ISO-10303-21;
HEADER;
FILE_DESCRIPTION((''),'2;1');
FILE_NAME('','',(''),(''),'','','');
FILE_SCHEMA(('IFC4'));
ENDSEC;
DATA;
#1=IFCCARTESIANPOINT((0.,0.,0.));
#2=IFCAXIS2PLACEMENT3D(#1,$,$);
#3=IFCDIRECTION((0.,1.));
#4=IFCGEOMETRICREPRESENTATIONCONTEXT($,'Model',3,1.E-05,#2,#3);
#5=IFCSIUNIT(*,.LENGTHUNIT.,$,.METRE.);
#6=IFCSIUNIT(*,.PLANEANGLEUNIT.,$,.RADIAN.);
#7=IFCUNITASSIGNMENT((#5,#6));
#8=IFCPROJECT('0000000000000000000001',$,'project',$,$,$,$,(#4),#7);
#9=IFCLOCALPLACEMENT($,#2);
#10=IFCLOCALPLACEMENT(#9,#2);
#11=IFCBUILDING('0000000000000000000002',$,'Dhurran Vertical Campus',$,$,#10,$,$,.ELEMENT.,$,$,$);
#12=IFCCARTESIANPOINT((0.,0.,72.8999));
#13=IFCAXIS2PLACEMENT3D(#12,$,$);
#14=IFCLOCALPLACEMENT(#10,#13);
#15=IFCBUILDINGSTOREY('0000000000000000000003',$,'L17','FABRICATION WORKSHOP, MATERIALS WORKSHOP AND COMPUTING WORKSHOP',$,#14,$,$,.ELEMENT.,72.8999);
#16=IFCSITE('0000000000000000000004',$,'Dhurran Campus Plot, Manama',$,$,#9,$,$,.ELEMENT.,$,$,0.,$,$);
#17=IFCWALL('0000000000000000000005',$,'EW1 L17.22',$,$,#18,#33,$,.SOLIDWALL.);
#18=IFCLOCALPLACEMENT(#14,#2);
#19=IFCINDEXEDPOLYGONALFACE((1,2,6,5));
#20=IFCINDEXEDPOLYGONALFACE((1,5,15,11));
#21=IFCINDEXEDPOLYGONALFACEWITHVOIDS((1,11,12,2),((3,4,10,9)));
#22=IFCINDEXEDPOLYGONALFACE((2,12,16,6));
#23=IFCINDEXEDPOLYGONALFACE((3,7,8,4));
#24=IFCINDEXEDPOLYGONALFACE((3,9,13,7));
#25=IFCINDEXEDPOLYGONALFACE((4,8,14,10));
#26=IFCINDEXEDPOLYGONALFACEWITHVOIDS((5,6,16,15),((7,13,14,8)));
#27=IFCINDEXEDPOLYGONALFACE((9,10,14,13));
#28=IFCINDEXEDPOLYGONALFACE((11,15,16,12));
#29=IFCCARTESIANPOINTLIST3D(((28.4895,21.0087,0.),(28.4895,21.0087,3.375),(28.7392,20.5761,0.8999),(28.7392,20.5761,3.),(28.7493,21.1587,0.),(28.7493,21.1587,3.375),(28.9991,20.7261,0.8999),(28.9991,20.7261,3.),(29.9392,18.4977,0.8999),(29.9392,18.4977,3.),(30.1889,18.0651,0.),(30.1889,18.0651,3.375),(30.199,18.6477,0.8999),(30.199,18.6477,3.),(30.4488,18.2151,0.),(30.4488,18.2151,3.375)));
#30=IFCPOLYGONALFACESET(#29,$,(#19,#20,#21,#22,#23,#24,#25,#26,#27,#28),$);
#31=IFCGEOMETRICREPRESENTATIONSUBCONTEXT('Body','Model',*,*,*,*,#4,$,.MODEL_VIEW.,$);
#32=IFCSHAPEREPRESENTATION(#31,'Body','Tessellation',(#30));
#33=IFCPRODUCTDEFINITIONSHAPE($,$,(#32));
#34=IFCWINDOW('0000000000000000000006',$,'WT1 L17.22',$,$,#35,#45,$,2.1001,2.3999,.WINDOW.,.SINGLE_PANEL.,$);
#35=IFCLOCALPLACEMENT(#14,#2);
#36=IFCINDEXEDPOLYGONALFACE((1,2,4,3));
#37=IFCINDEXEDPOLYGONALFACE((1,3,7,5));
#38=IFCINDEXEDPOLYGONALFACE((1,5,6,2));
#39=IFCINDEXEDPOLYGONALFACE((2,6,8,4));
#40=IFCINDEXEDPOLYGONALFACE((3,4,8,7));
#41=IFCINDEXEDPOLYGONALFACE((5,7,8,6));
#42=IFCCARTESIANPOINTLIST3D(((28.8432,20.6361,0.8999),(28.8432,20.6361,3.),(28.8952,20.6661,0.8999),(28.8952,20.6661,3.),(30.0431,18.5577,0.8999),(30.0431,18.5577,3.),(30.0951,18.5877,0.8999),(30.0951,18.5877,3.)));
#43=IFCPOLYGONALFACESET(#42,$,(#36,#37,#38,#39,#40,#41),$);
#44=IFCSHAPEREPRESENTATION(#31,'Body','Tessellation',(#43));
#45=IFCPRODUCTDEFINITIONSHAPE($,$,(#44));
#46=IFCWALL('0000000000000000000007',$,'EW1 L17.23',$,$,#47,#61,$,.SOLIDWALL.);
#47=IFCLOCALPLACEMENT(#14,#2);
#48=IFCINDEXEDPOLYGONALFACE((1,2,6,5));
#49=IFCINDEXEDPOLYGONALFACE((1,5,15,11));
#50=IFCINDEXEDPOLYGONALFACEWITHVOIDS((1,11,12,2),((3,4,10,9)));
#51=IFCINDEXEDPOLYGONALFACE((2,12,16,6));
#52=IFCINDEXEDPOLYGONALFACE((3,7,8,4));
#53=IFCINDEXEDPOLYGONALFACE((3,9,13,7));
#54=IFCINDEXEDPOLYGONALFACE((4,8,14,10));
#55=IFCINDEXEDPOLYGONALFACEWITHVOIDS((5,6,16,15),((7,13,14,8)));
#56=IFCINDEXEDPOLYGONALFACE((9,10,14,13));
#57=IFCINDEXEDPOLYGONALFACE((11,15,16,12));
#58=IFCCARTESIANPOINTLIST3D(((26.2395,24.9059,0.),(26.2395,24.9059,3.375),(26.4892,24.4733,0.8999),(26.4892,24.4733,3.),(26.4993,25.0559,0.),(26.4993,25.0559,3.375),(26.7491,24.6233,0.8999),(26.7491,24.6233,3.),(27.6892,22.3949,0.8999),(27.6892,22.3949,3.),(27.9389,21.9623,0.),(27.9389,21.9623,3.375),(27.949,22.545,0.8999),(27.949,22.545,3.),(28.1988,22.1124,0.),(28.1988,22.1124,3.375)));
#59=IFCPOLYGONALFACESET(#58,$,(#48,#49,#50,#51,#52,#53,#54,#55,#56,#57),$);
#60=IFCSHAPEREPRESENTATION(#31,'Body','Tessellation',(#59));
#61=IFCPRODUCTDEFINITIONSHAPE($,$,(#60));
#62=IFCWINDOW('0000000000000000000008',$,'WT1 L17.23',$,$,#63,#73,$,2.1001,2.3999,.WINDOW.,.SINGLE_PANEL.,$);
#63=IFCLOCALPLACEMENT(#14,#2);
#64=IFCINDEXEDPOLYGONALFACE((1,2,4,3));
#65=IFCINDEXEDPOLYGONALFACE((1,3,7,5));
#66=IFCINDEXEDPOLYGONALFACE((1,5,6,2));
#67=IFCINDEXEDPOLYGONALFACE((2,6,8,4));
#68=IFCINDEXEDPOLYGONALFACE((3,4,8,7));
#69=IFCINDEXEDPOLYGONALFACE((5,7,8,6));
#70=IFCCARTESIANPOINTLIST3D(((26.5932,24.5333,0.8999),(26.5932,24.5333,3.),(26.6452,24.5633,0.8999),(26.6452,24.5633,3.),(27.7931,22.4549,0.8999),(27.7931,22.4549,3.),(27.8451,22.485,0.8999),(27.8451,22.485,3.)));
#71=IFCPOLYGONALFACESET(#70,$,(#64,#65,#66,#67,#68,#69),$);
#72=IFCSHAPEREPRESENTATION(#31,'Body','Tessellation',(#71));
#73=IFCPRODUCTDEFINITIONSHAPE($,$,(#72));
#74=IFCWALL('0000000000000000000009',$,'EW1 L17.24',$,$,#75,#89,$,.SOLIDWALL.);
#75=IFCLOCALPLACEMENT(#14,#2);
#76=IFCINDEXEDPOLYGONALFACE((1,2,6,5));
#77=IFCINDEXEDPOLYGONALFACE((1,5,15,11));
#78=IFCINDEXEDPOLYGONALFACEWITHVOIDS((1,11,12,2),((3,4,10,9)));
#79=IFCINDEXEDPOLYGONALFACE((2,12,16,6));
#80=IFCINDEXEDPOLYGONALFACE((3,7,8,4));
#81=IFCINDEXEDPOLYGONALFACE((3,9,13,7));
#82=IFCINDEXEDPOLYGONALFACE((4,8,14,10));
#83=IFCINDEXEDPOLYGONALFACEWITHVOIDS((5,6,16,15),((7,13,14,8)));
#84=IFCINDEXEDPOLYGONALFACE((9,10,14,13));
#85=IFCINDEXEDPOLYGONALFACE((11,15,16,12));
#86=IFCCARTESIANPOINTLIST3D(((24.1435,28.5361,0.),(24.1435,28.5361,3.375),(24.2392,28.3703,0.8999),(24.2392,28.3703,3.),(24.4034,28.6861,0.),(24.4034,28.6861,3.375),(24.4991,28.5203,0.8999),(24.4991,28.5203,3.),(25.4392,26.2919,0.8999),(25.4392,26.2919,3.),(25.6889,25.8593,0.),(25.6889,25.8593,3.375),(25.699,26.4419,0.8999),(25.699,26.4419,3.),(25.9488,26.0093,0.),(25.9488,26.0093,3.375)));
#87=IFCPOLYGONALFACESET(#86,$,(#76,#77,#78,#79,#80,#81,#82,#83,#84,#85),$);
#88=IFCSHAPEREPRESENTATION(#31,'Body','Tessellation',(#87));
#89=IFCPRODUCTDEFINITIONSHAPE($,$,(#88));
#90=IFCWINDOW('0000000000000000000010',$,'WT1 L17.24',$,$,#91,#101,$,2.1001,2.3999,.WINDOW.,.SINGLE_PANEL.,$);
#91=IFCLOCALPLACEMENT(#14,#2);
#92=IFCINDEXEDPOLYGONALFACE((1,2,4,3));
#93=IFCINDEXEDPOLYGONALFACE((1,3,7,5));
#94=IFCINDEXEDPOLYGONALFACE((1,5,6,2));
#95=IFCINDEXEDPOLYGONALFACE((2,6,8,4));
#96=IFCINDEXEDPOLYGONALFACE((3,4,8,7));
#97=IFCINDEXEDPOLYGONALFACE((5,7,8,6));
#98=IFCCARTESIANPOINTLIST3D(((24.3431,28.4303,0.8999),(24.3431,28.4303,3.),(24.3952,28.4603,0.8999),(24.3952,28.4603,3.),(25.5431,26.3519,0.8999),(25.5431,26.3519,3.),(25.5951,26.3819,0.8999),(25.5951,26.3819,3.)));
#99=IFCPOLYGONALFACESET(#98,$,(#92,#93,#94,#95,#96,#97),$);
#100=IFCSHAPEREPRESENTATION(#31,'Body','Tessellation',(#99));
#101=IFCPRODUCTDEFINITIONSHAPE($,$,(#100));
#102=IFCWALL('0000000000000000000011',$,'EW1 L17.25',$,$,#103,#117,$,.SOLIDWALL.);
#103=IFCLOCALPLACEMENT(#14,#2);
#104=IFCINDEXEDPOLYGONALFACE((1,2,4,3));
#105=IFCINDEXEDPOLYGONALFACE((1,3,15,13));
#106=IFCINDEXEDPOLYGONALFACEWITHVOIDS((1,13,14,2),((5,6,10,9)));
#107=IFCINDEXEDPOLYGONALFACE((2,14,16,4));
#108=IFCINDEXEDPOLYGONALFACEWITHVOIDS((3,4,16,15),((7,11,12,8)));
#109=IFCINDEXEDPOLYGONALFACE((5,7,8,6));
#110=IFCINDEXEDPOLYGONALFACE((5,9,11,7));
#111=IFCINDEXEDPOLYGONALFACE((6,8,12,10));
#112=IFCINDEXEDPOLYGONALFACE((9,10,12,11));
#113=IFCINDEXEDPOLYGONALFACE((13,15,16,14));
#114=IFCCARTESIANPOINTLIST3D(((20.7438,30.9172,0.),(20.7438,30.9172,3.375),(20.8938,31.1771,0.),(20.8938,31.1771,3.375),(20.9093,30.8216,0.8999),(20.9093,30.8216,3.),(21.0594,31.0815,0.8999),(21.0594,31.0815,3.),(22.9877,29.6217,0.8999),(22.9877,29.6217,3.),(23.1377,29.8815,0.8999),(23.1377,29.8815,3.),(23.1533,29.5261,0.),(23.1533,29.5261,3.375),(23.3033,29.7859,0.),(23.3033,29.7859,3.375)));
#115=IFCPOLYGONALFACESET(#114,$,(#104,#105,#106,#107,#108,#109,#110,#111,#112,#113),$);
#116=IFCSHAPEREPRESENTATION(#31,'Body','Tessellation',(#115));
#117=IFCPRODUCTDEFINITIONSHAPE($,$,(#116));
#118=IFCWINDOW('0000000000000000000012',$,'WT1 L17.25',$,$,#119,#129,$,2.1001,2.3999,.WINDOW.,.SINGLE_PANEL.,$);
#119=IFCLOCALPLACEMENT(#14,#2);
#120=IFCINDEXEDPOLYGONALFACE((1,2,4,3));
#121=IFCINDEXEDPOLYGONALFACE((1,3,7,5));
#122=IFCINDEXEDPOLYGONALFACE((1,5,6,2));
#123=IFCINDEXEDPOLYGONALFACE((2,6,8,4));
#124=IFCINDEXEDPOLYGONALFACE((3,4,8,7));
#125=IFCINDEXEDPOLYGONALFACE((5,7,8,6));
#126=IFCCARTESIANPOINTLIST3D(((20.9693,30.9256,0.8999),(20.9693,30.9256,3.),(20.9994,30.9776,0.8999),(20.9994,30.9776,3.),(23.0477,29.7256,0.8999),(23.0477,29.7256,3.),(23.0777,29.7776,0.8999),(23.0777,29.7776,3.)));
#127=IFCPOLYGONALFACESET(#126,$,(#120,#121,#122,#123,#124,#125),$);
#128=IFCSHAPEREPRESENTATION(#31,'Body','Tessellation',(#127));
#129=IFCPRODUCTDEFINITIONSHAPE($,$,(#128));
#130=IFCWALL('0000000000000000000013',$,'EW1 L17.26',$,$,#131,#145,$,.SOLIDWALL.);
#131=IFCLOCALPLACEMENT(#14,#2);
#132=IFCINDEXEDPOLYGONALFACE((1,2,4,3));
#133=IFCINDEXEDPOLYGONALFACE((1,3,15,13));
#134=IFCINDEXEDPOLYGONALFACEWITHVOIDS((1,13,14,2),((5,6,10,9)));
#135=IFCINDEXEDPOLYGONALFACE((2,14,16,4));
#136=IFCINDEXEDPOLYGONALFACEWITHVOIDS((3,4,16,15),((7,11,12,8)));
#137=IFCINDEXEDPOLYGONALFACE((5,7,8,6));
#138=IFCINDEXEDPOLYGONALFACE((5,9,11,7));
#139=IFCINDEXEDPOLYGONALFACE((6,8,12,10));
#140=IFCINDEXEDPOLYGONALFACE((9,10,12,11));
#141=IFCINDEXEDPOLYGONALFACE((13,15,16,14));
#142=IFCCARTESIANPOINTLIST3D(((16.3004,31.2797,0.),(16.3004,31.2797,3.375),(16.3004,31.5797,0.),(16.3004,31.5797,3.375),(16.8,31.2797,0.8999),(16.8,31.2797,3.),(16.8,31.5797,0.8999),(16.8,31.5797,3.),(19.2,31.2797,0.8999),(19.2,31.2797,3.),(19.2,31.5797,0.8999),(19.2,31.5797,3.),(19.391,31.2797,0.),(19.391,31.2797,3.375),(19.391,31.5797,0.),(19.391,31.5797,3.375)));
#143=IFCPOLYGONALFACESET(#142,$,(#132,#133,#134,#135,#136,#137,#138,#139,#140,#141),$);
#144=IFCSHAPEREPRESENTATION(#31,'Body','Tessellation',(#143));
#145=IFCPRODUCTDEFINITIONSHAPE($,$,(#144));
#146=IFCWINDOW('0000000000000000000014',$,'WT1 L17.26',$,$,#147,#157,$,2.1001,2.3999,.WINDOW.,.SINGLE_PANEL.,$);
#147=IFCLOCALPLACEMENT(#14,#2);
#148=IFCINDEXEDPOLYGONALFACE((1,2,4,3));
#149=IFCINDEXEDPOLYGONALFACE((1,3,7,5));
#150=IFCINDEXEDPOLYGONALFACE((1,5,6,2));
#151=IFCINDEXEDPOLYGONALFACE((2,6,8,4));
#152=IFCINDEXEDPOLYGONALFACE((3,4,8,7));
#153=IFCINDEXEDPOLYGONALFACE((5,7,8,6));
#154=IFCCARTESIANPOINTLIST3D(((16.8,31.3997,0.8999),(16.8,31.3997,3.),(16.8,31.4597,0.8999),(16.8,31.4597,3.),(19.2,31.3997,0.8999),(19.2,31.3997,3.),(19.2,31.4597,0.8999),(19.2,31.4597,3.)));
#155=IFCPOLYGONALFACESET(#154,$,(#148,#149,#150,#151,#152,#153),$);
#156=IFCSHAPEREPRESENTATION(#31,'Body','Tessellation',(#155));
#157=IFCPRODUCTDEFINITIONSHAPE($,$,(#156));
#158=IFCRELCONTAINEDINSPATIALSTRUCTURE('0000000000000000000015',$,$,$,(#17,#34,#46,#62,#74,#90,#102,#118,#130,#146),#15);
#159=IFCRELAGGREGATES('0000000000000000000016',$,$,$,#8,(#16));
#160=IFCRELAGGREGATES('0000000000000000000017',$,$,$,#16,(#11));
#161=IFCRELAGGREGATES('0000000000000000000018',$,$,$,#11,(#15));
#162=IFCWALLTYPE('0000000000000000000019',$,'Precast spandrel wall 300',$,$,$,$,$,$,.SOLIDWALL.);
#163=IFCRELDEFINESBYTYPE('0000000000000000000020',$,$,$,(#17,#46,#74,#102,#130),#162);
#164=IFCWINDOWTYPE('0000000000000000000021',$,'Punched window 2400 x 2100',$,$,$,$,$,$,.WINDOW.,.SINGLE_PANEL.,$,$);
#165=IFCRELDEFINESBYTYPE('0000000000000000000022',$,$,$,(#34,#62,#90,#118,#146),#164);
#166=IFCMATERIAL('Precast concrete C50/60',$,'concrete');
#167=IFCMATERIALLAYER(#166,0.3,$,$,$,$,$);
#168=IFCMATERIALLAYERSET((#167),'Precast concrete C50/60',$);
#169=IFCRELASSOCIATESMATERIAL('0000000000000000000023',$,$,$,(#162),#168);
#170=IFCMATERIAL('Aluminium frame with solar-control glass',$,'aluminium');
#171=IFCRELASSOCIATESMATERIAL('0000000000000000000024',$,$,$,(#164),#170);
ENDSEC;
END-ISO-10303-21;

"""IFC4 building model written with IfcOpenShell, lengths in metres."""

from ifc_helpers import new_model, si_unit, direction, frame, frame_2d, origin, place, context, subcontext, project, spatial, rectangle, extrude, material, layer, layer_set, type_object, element, fill, save


model = new_model("IFC4")

# Units and contexts
model_context = context("Model", 3, precision=1e-05, world=origin(), true_north=direction((0.0, 1.0)))
body_context = subcontext(model_context, "Body", "Model", "MODEL_VIEW")
ifc_project = project(units=[si_unit("LENGTHUNIT", "METRE"), si_unit("PLANEANGLEUNIT", "RADIAN")], contexts=[model_context])

# Site, building, storey
site_placement = place(None, origin())
site = spatial("IfcSite", under=ifc_project, at=site_placement, Name="Dhurran Campus Plot, Manama", CompositionType="ELEMENT", RefElevation=0.0)
building_placement = place(site_placement, origin())
building = spatial("IfcBuilding", under=site, at=building_placement, Name="Dhurran Vertical Campus", CompositionType="ELEMENT")
storey_placement = place(building_placement, frame((0.0, 0.0, 72.8999)))
storey = spatial("IfcBuildingStorey", under=building, at=storey_placement, Name="L17", Description="FABRICATION WORKSHOP, MATERIALS WORKSHOP AND COMPUTING WORKSHOP", CompositionType="ELEMENT", Elevation=72.8999)

# Walls, openings, windows
ifc_material_1 = material(Name="Precast concrete C50/60", Category="concrete")
ifc_layer_1 = layer(ifc_material_1, 0.3)
ifc_layer_set_1 = layer_set([ifc_layer_1], Name="Precast concrete C50/60")
wall_type_1 = type_object("IfcWallType", Name="Precast spandrel wall 300", PredefinedType="SOLIDWALL", material=ifc_layer_set_1)
ifc_material_2 = material(Name="Aluminium frame with solar-control glass", Category="aluminium")
window_type = type_object("IfcWindowType", Name="Punched window 2400 x 2100", PartitioningType="SINGLE_PANEL", PredefinedType="WINDOW", material=ifc_material_2)
wall_1_placement = place(storey_placement, frame((30.3188, 18.1401, 0.0), z_axis=(0.0, 0.0, 1.0), x_axis=(-0.499994, 0.866029, 0.0)))
wall_1 = element("IfcWall", 1, at=wall_1_placement, inside=storey, type_object=wall_type_1, Name="EW1 L17.22", PredefinedType="SOLIDWALL", context=body_context, shape_type="SweptSolid", body=[
    extrude(rectangle(XDim=3.3989, YDim=0.3, at=frame_2d((1.6995, 0.0))), origin(), (0.0, 0.0, 1.0), 3.375),
])
opening_1_placement = place(wall_1_placement, frame((0.4995, 0.0, 0.8999)))
opening_1 = element("IfcOpeningElement", 2, at=opening_1_placement, cuts=wall_1, PredefinedType="OPENING", context=body_context, shape_type="SweptSolid", body=[
    extrude(rectangle(XDim=2.3999, YDim=2.1001, at=frame_2d((1.2, 1.05))), frame((0.0, 0.1599, 0.0), z_axis=(0.0, -1.0, 0.0), x_axis=(1.0, 0.0, 0.0)), (0.0, 0.0, 1.0), 0.3201),
])
window_1_placement = place(opening_1_placement, origin())
window_1 = element("IfcWindow", 3, at=window_1_placement, inside=storey, type_object=window_type, Name="WT1 L17.22", OverallHeight=2.1001, OverallWidth=2.3999, PartitioningType="SINGLE_PANEL", PredefinedType="WINDOW", context=body_context, shape_type="SweptSolid", body=[
    extrude(rectangle(XDim=2.3999, YDim=2.1001, at=frame_2d((1.2, 1.05))), frame((0.0, 0.03, 0.0), z_axis=(0.0, -1.0, 0.0), x_axis=(1.0, 0.0, 0.0)), (0.0, 0.0, 1.0), 0.0601),
])
fill(opening_1, window_1)
wall_2_placement = place(storey_placement, frame((28.0688, 22.0374, 0.0), z_axis=(0.0, 0.0, 1.0), x_axis=(-0.499994, 0.866029, 0.0)))
wall_2 = element("IfcWall", 4, at=wall_2_placement, inside=storey, type_object=wall_type_1, Name="EW1 L17.23", PredefinedType="SOLIDWALL", context=body_context, shape_type="SweptSolid", body=[
    extrude(rectangle(XDim=3.3989, YDim=0.3, at=frame_2d((1.6995, 0.0))), origin(), (0.0, 0.0, 1.0), 3.375),
])
opening_2_placement = place(wall_2_placement, frame((0.4995, 0.0, 0.8999)))
opening_2 = element("IfcOpeningElement", 5, at=opening_2_placement, cuts=wall_2, PredefinedType="OPENING", context=body_context, shape_type="SweptSolid", body=[
    extrude(rectangle(XDim=2.3999, YDim=2.1001, at=frame_2d((1.2, 1.05))), frame((0.0, 0.1599, 0.0), z_axis=(0.0, -1.0, 0.0), x_axis=(1.0, 0.0, 0.0)), (0.0, 0.0, 1.0), 0.3201),
])
window_2_placement = place(opening_2_placement, origin())
window_2 = element("IfcWindow", 6, at=window_2_placement, inside=storey, type_object=window_type, Name="WT1 L17.23", OverallHeight=2.1001, OverallWidth=2.3999, PartitioningType="SINGLE_PANEL", PredefinedType="WINDOW", context=body_context, shape_type="SweptSolid", body=[
    extrude(rectangle(XDim=2.3999, YDim=2.1001, at=frame_2d((1.2, 1.05))), frame((0.0, 0.03, 0.0), z_axis=(0.0, -1.0, 0.0), x_axis=(1.0, 0.0, 0.0)), (0.0, 0.0, 1.0), 0.0601),
])
fill(opening_2, window_2)
wall_3_placement = place(storey_placement, frame((25.8188, 25.9343, 0.0), z_axis=(0.0, 0.0, 1.0), x_axis=(-0.499996, 0.866028, 0.0)))
wall_3 = element("IfcWall", 7, at=wall_3_placement, inside=storey, type_object=wall_type_1, Name="EW1 L17.24", PredefinedType="SOLIDWALL", context=body_context, shape_type="SweptSolid", body=[
    extrude(rectangle(XDim=3.0908, YDim=0.3, at=frame_2d((1.5454, 0.0))), origin(), (0.0, 0.0, 1.0), 3.375),
])
opening_3_placement = place(wall_3_placement, frame((0.4995, 0.0, 0.8999)))
opening_3 = element("IfcOpeningElement", 8, at=opening_3_placement, cuts=wall_3, PredefinedType="OPENING", context=body_context, shape_type="SweptSolid", body=[
    extrude(rectangle(XDim=2.3999, YDim=2.1001, at=frame_2d((1.2, 1.05))), frame((0.0, 0.1599, 0.0), z_axis=(0.0, -1.0, 0.0), x_axis=(1.0, 0.0, 0.0)), (0.0, 0.0, 1.0), 0.3201),
])
window_3_placement = place(opening_3_placement, origin())
window_3 = element("IfcWindow", 9, at=window_3_placement, inside=storey, type_object=window_type, Name="WT1 L17.24", OverallHeight=2.1001, OverallWidth=2.3999, PartitioningType="SINGLE_PANEL", PredefinedType="WINDOW", context=body_context, shape_type="SweptSolid", body=[
    extrude(rectangle(XDim=2.3999, YDim=2.1001, at=frame_2d((1.2, 1.05))), frame((0.0, 0.03, 0.0), z_axis=(0.0, -1.0, 0.0), x_axis=(1.0, 0.0, 0.0)), (0.0, 0.0, 1.0), 0.0601),
])
fill(opening_3, window_3)
wall_4_placement = place(storey_placement, frame((23.2283, 29.656, 0.0), z_axis=(0.0, 0.0, 1.0), x_axis=(-0.86602, 0.500009, 0.0)))
wall_4 = element("IfcWall", 10, at=wall_4_placement, inside=storey, type_object=wall_type_1, Name="EW1 L17.25", PredefinedType="SOLIDWALL", context=body_context, shape_type="SweptSolid", body=[
    extrude(rectangle(XDim=2.7822, YDim=0.3, at=frame_2d((1.3911, 0.0))), origin(), (0.0, 0.0, 1.0), 3.375),
])
opening_4_placement = place(wall_4_placement, frame((0.1912, 0.0, 0.8999)))
opening_4 = element("IfcOpeningElement", 11, at=opening_4_placement, cuts=wall_4, PredefinedType="OPENING", context=body_context, shape_type="SweptSolid", body=[
    extrude(rectangle(XDim=2.3999, YDim=2.1001, at=frame_2d((1.2, 1.05))), frame((0.0, 0.1599, 0.0), z_axis=(0.0, -1.0, 0.0), x_axis=(1.0, 0.0, 0.0)), (0.0, 0.0, 1.0), 0.3201),
])
window_4_placement = place(opening_4_placement, origin())
window_4 = element("IfcWindow", 12, at=window_4_placement, inside=storey, type_object=window_type, Name="WT1 L17.25", OverallHeight=2.1001, OverallWidth=2.3999, PartitioningType="SINGLE_PANEL", PredefinedType="WINDOW", context=body_context, shape_type="SweptSolid", body=[
    extrude(rectangle(XDim=2.3999, YDim=2.1001, at=frame_2d((1.2, 1.05))), frame((0.0, 0.03, 0.0), z_axis=(0.0, -1.0, 0.0), x_axis=(1.0, 0.0, 0.0)), (0.0, 0.0, 1.0), 0.0601),
])
fill(opening_4, window_4)
wall_5_placement = place(storey_placement, frame((19.3911, 31.4297, 0.0), z_axis=(0.0, 0.0, 1.0), x_axis=(-1.0, 0.0, 0.0)))
wall_5 = element("IfcWall", 13, at=wall_5_placement, inside=storey, type_object=wall_type_1, Name="EW1 L17.26", PredefinedType="SOLIDWALL", context=body_context, shape_type="SweptSolid", body=[
    extrude(rectangle(XDim=3.0906, YDim=0.3, at=frame_2d((1.5454, 0.0))), origin(), (0.0, 0.0, 1.0), 3.375),
])
opening_5_placement = place(wall_5_placement, frame((0.1912, 0.0, 0.8999)))
opening_5 = element("IfcOpeningElement", 14, at=opening_5_placement, cuts=wall_5, PredefinedType="OPENING", context=body_context, shape_type="SweptSolid", body=[
    extrude(rectangle(XDim=2.3999, YDim=2.1001, at=frame_2d((1.2, 1.05))), frame((0.0, 0.1599, 0.0), z_axis=(0.0, -1.0, 0.0), x_axis=(1.0, 0.0, 0.0)), (0.0, 0.0, 1.0), 0.3201),
])
window_5_placement = place(opening_5_placement, origin())
window_5 = element("IfcWindow", 15, at=window_5_placement, inside=storey, type_object=window_type, Name="WT1 L17.26", OverallHeight=2.1001, OverallWidth=2.3999, PartitioningType="SINGLE_PANEL", PredefinedType="WINDOW", context=body_context, shape_type="SweptSolid", body=[
    extrude(rectangle(XDim=2.3999, YDim=2.1001, at=frame_2d((1.2, 1.05))), frame((0.0, 0.03, 0.0), z_axis=(0.0, -1.0, 0.0), x_axis=(1.0, 0.0, 0.0)), (0.0, 0.0, 1.0), 0.0601),
])
fill(opening_5, window_5)

save(model, "model.ifc")
